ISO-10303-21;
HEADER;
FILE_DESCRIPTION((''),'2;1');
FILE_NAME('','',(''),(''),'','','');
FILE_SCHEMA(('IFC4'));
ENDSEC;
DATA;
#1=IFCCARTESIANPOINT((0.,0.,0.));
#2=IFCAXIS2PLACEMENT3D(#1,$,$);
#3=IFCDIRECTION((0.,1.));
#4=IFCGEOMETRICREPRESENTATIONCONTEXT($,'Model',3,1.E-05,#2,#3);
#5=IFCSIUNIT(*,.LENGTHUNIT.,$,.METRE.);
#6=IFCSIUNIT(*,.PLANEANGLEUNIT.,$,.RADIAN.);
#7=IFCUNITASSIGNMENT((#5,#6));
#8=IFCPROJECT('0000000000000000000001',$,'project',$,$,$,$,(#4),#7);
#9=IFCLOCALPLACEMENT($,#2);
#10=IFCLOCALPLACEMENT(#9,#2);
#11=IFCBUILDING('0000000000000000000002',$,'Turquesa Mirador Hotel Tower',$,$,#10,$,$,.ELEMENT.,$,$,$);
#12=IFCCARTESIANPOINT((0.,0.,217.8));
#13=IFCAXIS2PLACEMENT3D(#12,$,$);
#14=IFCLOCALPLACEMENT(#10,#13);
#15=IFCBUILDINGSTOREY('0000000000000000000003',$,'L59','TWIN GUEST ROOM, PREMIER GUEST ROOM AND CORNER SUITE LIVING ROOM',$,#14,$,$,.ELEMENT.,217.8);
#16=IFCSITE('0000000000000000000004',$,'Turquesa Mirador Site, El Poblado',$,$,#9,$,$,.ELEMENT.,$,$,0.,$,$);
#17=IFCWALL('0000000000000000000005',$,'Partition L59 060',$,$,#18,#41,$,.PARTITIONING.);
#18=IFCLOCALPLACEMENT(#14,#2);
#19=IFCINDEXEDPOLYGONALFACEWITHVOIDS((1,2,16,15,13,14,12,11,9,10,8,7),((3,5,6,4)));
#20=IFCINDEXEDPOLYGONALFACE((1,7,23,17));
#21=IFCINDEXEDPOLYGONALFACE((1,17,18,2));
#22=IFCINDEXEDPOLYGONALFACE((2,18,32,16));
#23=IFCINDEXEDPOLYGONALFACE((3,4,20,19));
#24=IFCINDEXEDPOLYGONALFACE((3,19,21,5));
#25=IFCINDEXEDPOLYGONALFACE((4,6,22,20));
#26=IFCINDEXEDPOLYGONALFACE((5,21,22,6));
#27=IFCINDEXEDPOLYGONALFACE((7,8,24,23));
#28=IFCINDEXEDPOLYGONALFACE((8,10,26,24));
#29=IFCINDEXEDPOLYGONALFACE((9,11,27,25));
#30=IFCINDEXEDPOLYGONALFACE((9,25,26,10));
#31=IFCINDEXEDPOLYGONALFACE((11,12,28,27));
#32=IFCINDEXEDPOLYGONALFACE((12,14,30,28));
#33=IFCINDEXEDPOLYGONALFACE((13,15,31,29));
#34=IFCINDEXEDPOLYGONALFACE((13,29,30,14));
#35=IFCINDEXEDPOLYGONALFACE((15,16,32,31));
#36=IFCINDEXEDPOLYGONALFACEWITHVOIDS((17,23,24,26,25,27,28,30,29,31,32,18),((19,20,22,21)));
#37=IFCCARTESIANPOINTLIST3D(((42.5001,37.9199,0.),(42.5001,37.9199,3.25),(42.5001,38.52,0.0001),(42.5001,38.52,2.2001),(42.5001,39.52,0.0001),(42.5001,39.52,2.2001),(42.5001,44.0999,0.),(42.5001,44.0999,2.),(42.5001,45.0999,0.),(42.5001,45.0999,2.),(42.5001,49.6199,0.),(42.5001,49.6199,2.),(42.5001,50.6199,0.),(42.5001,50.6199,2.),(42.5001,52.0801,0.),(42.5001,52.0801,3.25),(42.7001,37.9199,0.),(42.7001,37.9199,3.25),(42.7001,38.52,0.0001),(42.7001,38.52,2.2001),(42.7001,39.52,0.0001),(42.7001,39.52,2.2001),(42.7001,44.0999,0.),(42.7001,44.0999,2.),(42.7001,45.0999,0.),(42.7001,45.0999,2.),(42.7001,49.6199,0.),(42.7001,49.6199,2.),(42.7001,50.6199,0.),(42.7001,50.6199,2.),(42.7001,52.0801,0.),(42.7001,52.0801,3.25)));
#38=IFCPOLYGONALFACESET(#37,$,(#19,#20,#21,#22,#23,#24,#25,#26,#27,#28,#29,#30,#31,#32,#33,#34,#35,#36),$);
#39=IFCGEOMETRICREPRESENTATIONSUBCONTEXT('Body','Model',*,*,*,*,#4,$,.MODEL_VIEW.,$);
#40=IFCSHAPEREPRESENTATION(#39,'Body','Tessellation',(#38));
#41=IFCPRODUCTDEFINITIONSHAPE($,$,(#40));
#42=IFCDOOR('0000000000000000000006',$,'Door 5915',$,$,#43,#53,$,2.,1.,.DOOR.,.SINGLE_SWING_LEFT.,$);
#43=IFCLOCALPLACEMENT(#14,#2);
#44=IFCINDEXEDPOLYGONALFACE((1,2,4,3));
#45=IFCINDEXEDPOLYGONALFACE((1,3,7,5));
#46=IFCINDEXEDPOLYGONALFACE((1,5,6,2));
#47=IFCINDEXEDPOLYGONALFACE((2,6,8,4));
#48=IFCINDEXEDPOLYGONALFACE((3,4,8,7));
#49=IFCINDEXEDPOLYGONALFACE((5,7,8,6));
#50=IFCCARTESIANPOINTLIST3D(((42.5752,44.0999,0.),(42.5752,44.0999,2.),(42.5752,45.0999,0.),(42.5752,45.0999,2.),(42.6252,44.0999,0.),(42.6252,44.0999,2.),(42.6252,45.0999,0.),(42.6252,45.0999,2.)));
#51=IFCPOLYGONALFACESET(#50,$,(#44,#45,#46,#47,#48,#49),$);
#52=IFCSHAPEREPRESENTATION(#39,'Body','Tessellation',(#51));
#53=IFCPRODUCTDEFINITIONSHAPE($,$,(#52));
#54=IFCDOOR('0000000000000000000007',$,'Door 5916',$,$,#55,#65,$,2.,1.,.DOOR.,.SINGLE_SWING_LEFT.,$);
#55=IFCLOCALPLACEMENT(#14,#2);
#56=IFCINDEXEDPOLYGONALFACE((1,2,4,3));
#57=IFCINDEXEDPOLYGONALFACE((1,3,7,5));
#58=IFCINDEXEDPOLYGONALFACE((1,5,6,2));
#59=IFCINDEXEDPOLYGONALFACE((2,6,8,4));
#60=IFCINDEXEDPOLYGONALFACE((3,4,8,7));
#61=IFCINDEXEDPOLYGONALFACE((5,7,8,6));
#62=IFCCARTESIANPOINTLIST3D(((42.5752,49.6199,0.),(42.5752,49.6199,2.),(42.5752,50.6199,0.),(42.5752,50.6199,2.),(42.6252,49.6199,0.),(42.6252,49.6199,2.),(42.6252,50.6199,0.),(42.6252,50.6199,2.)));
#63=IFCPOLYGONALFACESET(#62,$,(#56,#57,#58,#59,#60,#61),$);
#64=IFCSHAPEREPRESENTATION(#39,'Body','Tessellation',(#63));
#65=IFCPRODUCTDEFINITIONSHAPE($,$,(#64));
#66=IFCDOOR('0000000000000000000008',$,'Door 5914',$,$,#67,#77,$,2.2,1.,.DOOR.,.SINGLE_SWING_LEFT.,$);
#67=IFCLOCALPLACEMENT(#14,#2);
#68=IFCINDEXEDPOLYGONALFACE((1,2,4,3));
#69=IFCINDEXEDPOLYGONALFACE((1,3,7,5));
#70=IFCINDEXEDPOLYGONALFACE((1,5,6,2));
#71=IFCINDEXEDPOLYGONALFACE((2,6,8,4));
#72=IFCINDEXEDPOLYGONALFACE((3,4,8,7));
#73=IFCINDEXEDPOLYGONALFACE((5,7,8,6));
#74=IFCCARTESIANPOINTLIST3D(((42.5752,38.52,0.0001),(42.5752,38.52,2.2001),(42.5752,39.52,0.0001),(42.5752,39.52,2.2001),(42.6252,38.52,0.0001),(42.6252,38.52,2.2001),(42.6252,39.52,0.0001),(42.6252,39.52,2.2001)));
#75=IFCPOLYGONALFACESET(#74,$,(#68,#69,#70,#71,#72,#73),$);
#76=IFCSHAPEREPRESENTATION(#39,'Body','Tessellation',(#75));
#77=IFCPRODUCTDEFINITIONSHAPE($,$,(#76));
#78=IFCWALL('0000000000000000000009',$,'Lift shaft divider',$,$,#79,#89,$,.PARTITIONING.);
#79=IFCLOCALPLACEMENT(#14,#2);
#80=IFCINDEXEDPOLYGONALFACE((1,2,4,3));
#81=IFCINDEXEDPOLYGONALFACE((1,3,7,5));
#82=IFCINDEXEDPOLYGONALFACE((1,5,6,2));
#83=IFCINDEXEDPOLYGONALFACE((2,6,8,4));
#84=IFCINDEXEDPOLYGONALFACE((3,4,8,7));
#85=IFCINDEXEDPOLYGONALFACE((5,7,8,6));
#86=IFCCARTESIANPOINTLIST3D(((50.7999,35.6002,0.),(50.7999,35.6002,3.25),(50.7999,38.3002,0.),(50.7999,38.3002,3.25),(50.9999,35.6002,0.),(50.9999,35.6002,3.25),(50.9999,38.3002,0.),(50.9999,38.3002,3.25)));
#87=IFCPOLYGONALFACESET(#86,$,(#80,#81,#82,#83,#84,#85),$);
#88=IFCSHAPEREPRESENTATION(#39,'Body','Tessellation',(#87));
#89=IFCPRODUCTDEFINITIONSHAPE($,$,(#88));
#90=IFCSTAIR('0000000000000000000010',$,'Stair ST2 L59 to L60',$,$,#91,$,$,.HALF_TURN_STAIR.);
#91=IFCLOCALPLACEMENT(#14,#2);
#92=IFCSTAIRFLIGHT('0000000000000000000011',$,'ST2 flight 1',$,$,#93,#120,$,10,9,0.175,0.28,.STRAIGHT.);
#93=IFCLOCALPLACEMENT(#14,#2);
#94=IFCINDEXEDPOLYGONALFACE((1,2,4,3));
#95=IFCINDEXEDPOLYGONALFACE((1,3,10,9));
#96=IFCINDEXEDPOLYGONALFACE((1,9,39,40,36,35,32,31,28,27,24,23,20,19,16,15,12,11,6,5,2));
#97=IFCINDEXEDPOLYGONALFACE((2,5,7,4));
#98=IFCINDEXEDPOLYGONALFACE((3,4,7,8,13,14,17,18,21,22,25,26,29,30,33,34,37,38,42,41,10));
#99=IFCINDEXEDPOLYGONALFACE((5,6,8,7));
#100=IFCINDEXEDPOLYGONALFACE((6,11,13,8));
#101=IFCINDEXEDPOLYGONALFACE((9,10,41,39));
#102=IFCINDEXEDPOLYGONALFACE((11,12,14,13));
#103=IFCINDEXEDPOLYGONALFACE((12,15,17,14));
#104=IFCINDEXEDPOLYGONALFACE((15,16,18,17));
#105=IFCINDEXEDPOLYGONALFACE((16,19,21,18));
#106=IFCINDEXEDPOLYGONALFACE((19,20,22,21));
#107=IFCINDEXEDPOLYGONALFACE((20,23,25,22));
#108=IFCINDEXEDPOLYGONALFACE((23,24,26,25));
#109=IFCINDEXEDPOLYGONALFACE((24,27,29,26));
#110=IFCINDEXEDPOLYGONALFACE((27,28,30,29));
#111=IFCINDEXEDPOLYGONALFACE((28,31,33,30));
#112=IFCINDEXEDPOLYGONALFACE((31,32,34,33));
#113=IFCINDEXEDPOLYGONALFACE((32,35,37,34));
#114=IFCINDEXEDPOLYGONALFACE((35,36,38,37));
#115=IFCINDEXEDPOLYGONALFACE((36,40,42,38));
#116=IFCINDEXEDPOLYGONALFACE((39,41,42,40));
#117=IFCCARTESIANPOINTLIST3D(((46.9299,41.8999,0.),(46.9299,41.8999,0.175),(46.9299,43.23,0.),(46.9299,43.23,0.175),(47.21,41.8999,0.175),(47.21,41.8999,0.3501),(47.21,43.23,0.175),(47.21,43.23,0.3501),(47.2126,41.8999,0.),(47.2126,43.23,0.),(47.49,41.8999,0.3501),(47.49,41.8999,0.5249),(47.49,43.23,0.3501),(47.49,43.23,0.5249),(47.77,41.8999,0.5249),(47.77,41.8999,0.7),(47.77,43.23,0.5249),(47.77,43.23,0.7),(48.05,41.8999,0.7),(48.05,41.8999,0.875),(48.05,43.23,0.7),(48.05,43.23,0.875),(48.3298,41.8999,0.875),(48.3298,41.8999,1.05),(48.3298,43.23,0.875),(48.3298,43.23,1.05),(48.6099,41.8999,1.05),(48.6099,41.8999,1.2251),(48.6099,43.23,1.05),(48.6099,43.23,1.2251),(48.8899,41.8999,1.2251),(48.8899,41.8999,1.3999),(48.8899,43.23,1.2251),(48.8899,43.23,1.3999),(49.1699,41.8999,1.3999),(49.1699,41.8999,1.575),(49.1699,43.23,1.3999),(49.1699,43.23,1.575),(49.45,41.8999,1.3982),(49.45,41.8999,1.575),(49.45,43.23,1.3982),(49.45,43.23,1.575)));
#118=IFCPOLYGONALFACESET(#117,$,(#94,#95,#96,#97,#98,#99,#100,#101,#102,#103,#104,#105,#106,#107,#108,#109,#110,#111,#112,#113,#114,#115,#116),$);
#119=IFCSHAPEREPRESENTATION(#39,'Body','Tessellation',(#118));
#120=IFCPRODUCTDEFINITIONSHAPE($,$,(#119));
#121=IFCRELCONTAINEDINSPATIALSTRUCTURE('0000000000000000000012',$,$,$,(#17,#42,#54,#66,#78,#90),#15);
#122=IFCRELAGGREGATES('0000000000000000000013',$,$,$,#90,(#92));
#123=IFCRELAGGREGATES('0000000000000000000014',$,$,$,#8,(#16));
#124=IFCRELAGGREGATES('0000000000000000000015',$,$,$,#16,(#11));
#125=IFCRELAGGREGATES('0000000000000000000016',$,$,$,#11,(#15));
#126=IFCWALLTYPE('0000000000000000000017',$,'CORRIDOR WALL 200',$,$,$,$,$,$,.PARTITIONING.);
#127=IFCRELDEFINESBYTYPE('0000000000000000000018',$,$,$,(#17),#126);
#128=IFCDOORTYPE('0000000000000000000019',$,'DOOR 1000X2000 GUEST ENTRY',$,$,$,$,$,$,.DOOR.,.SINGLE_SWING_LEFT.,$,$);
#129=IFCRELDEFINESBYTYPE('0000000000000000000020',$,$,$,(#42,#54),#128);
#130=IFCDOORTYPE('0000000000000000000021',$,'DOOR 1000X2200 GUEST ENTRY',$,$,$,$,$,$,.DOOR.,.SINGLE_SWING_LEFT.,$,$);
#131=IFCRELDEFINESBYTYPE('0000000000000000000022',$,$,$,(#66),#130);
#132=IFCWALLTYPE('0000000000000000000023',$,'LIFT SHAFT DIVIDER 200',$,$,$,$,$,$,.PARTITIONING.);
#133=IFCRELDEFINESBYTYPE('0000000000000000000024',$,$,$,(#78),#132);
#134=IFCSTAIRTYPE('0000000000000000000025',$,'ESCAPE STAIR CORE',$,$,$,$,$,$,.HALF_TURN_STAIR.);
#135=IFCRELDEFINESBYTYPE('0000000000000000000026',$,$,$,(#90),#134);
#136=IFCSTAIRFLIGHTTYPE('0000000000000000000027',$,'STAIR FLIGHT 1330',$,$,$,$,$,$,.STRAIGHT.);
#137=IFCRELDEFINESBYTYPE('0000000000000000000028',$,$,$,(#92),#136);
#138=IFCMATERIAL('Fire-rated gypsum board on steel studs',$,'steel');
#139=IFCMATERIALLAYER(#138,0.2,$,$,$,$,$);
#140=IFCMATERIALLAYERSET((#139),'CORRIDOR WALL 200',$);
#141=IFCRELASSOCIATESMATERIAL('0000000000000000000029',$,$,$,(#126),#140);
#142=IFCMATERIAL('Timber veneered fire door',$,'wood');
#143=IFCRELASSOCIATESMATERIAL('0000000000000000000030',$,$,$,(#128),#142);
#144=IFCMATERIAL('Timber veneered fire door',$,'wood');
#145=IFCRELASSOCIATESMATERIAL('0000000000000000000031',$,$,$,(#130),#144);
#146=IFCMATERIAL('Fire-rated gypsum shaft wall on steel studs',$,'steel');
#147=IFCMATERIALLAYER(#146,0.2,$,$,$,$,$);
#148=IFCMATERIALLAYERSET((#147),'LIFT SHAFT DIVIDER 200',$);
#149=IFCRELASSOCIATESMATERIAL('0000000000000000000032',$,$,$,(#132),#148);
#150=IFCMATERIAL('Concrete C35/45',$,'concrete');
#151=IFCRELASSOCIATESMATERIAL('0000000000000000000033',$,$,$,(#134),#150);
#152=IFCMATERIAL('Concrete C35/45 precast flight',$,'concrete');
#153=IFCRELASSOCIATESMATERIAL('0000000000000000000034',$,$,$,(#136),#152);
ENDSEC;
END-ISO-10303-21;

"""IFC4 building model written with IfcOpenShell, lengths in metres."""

from ifc_helpers import new_model, si_unit, direction, frame, frame_2d, origin, place, context, subcontext, project, spatial, polyline, rectangle, outline, extrude, material, layer, layer_set, type_object, element, fill, aggregate, save


model = new_model("IFC4")

# Units and contexts
model_context = context("Model", 3, precision=1e-05, world=origin(), true_north=direction((0.0, 1.0)))
body_context = subcontext(model_context, "Body", "Model", "MODEL_VIEW")
ifc_project = project(units=[si_unit("LENGTHUNIT", "METRE"), si_unit("PLANEANGLEUNIT", "RADIAN")], contexts=[model_context])

# Site, building, storey
site_placement = place(None, origin())
site = spatial("IfcSite", under=ifc_project, at=site_placement, Name="Turquesa Mirador Site, El Poblado", CompositionType="ELEMENT", RefElevation=0.0)
building_placement = place(site_placement, origin())
building = spatial("IfcBuilding", under=site, at=building_placement, Name="Turquesa Mirador Hotel Tower", CompositionType="ELEMENT")
storey_placement = place(building_placement, frame((0.0, 0.0, 217.8)))
storey = spatial("IfcBuildingStorey", under=building, at=storey_placement, Name="L59", Description="TWIN GUEST ROOM, PREMIER GUEST ROOM AND CORNER SUITE LIVING ROOM", CompositionType="ELEMENT", Elevation=217.8)

# Shared definitions
ifc_material_1 = material(Name="Fire-rated gypsum board on steel studs", Category="steel")
ifc_layer_1 = layer(ifc_material_1, 0.2)
ifc_layer_set_1 = layer_set([ifc_layer_1], Name="CORRIDOR WALL 200")
wall_type_1 = type_object("IfcWallType", Name="CORRIDOR WALL 200", PredefinedType="PARTITIONING", material=ifc_layer_set_1)

# Wall, openings, doors
wall_1_placement = place(storey_placement, frame((42.6001, 37.9199, 0.0), z_axis=(0.0, 0.0, 1.0), x_axis=(0.0, 1.0, 0.0)))
wall_1 = element("IfcWall", 1, at=wall_1_placement, inside=storey, type_object=wall_type_1, Name="Partition L59 060", PredefinedType="PARTITIONING", context=body_context, shape_type="SweptSolid", body=[
    extrude(rectangle(XDim=14.1602, YDim=0.2, at=frame_2d((7.0801, 0.0))), origin(), (0.0, 0.0, 1.0), 3.25),
])
opening_1_placement = place(wall_1_placement, frame((0.6001, 0.0, 0.0)))
opening_1 = element("IfcOpeningElement", 2, at=opening_1_placement, cuts=wall_1, PredefinedType="OPENING", context=body_context, shape_type="SweptSolid", body=[
    extrude(rectangle(XDim=1.0, YDim=2.2, at=frame_2d((0.5, 1.1001))), frame((0.0, 0.1099, 0.0), z_axis=(0.0, -1.0, 0.0), x_axis=(1.0, 0.0, 0.0)), (0.0, 0.0, 1.0), 0.22),
])
opening_2_placement = place(wall_1_placement, frame((6.1799, 0.0, 0.0)))
opening_2 = element("IfcOpeningElement", 3, at=opening_2_placement, cuts=wall_1, PredefinedType="OPENING", context=body_context, shape_type="SweptSolid", body=[
    extrude(rectangle(XDim=1.0, YDim=2.0, at=frame_2d((0.5, 1.0))), frame((0.0, 0.1099, 0.0), z_axis=(0.0, -1.0, 0.0), x_axis=(1.0, 0.0, 0.0)), (0.0, 0.0, 1.0), 0.22),
])
opening_3_placement = place(wall_1_placement, frame((11.7, 0.0, 0.0)))
opening_3 = element("IfcOpeningElement", 4, at=opening_3_placement, cuts=wall_1, PredefinedType="OPENING", context=body_context, shape_type="SweptSolid", body=[
    extrude(rectangle(XDim=1.0, YDim=2.0, at=frame_2d((0.5, 1.0))), frame((0.0, 0.1099, 0.0), z_axis=(0.0, -1.0, 0.0), x_axis=(1.0, 0.0, 0.0)), (0.0, 0.0, 1.0), 0.22),
])
ifc_material_2 = material(Name="Timber veneered fire door", Category="wood")
door_type_1 = type_object("IfcDoorType", Name="DOOR 1000X2000 GUEST ENTRY", OperationType="SINGLE_SWING_LEFT", PredefinedType="DOOR", material=ifc_material_2)
door_1_placement = place(opening_2_placement, origin())
door_1 = element("IfcDoor", 5, at=door_1_placement, inside=storey, type_object=door_type_1, Name="Door 5915", OperationType="SINGLE_SWING_LEFT", OverallHeight=2.0, OverallWidth=1.0, PredefinedType="DOOR", context=body_context, shape_type="SweptSolid", body=[
    extrude(rectangle(XDim=1.0, YDim=2.0, at=frame_2d((0.5, 1.0))), frame((0.0, 0.0249, 0.0), z_axis=(0.0, -1.0, 0.0), x_axis=(1.0, 0.0, 0.0)), (0.0, 0.0, 1.0), 0.05),
])
fill(opening_2, door_1)
door_2_placement = place(opening_3_placement, origin())
door_2 = element("IfcDoor", 6, at=door_2_placement, inside=storey, type_object=door_type_1, Name="Door 5916", OperationType="SINGLE_SWING_LEFT", OverallHeight=2.0, OverallWidth=1.0, PredefinedType="DOOR", context=body_context, shape_type="SweptSolid", body=[
    extrude(rectangle(XDim=1.0, YDim=2.0, at=frame_2d((0.5, 1.0))), frame((0.0, 0.0249, 0.0), z_axis=(0.0, -1.0, 0.0), x_axis=(1.0, 0.0, 0.0)), (0.0, 0.0, 1.0), 0.05),
])
fill(opening_3, door_2)
ifc_material_3 = material(Name="Timber veneered fire door", Category="wood")
door_type_2 = type_object("IfcDoorType", Name="DOOR 1000X2200 GUEST ENTRY", OperationType="SINGLE_SWING_LEFT", PredefinedType="DOOR", material=ifc_material_3)
door_3_placement = place(opening_1_placement, origin())
door_3 = element("IfcDoor", 7, at=door_3_placement, inside=storey, type_object=door_type_2, Name="Door 5914", OperationType="SINGLE_SWING_LEFT", OverallHeight=2.2, OverallWidth=1.0, PredefinedType="DOOR", context=body_context, shape_type="SweptSolid", body=[
    extrude(rectangle(XDim=1.0, YDim=2.2, at=frame_2d((0.5, 1.1001))), frame((0.0, 0.0249, 0.0), z_axis=(0.0, -1.0, 0.0), x_axis=(1.0, 0.0, 0.0)), (0.0, 0.0, 1.0), 0.05),
])
fill(opening_1, door_3)

# Wall
ifc_material_4 = material(Name="Fire-rated gypsum shaft wall on steel studs", Category="steel")
ifc_layer_2 = layer(ifc_material_4, 0.2)
ifc_layer_set_2 = layer_set([ifc_layer_2], Name="LIFT SHAFT DIVIDER 200")
wall_type_2 = type_object("IfcWallType", Name="LIFT SHAFT DIVIDER 200", PredefinedType="PARTITIONING", material=ifc_layer_set_2)
wall_2_placement = place(storey_placement, frame((50.8999, 35.6001, 0.0), z_axis=(0.0, 0.0, 1.0), x_axis=(0.0, 1.0, 0.0)))
element("IfcWall", 8, at=wall_2_placement, inside=storey, type_object=wall_type_2, Name="Lift shaft divider", PredefinedType="PARTITIONING", context=body_context, shape_type="SweptSolid", body=[
    extrude(rectangle(XDim=2.7, YDim=0.2, at=frame_2d((1.3501, 0.0))), origin(), (0.0, 0.0, 1.0), 3.25),
])

# Stair, stair flight
ifc_material_5 = material(Name="Concrete C35/45", Category="concrete")
stair_type = type_object("IfcStairType", Name="ESCAPE STAIR CORE", PredefinedType="HALF_TURN_STAIR", material=ifc_material_5)
stair_placement = place(storey_placement, origin())
stair = element("IfcStair", 9, at=stair_placement, inside=storey, type_object=stair_type, Name="Stair ST2 L59 to L60", PredefinedType="HALF_TURN_STAIR")
ifc_material_6 = material(Name="Concrete C35/45 precast flight", Category="concrete")
stair_flight_type = type_object("IfcStairFlightType", Name="STAIR FLIGHT 1330", PredefinedType="STRAIGHT", material=ifc_material_6)
stair_flight_placement = place(storey_placement, frame((46.9299, 42.5649, 0.0), z_axis=(0.0, 0.0, 1.0), x_axis=(1.0, 0.0, 0.0)))
stair_flight = element("IfcStairFlight", 10, at=stair_flight_placement, type_object=stair_flight_type, Name="ST2 flight 1", NumberOfRisers=10, NumberOfTreads=9, PredefinedType="STRAIGHT", RiserHeight=0.175, TreadLength=0.28, context=body_context, shape_type="SweptSolid", body=[
    extrude(outline(polyline([(0.0, 0.0), (0.0, 0.175), (0.28, 0.175), (0.28, 0.3501), (0.5601, 0.3501), (0.5601, 0.5249), (0.8401, 0.5249), (0.8401, 0.7), (1.1201, 0.7), (1.1201, 0.875), (1.3999, 0.875), (1.3999, 1.05), (1.6799, 1.05), (1.6799, 1.2251), (1.96, 1.2251), (1.96, 1.3999), (2.24, 1.3999), (2.24, 1.575), (2.52, 1.575), (2.52, 1.75), (2.52, 1.3982), (0.2827, 0.0), (0.0, 0.0)])), frame((0.0, 0.665, 0.0), z_axis=(0.0, -1.0, 0.0), x_axis=(1.0, 0.0, 0.0)), (0.0, 0.0, 1.0), 1.3301),
])
aggregate(stair, [stair_flight])

save(model, "model.ifc")
